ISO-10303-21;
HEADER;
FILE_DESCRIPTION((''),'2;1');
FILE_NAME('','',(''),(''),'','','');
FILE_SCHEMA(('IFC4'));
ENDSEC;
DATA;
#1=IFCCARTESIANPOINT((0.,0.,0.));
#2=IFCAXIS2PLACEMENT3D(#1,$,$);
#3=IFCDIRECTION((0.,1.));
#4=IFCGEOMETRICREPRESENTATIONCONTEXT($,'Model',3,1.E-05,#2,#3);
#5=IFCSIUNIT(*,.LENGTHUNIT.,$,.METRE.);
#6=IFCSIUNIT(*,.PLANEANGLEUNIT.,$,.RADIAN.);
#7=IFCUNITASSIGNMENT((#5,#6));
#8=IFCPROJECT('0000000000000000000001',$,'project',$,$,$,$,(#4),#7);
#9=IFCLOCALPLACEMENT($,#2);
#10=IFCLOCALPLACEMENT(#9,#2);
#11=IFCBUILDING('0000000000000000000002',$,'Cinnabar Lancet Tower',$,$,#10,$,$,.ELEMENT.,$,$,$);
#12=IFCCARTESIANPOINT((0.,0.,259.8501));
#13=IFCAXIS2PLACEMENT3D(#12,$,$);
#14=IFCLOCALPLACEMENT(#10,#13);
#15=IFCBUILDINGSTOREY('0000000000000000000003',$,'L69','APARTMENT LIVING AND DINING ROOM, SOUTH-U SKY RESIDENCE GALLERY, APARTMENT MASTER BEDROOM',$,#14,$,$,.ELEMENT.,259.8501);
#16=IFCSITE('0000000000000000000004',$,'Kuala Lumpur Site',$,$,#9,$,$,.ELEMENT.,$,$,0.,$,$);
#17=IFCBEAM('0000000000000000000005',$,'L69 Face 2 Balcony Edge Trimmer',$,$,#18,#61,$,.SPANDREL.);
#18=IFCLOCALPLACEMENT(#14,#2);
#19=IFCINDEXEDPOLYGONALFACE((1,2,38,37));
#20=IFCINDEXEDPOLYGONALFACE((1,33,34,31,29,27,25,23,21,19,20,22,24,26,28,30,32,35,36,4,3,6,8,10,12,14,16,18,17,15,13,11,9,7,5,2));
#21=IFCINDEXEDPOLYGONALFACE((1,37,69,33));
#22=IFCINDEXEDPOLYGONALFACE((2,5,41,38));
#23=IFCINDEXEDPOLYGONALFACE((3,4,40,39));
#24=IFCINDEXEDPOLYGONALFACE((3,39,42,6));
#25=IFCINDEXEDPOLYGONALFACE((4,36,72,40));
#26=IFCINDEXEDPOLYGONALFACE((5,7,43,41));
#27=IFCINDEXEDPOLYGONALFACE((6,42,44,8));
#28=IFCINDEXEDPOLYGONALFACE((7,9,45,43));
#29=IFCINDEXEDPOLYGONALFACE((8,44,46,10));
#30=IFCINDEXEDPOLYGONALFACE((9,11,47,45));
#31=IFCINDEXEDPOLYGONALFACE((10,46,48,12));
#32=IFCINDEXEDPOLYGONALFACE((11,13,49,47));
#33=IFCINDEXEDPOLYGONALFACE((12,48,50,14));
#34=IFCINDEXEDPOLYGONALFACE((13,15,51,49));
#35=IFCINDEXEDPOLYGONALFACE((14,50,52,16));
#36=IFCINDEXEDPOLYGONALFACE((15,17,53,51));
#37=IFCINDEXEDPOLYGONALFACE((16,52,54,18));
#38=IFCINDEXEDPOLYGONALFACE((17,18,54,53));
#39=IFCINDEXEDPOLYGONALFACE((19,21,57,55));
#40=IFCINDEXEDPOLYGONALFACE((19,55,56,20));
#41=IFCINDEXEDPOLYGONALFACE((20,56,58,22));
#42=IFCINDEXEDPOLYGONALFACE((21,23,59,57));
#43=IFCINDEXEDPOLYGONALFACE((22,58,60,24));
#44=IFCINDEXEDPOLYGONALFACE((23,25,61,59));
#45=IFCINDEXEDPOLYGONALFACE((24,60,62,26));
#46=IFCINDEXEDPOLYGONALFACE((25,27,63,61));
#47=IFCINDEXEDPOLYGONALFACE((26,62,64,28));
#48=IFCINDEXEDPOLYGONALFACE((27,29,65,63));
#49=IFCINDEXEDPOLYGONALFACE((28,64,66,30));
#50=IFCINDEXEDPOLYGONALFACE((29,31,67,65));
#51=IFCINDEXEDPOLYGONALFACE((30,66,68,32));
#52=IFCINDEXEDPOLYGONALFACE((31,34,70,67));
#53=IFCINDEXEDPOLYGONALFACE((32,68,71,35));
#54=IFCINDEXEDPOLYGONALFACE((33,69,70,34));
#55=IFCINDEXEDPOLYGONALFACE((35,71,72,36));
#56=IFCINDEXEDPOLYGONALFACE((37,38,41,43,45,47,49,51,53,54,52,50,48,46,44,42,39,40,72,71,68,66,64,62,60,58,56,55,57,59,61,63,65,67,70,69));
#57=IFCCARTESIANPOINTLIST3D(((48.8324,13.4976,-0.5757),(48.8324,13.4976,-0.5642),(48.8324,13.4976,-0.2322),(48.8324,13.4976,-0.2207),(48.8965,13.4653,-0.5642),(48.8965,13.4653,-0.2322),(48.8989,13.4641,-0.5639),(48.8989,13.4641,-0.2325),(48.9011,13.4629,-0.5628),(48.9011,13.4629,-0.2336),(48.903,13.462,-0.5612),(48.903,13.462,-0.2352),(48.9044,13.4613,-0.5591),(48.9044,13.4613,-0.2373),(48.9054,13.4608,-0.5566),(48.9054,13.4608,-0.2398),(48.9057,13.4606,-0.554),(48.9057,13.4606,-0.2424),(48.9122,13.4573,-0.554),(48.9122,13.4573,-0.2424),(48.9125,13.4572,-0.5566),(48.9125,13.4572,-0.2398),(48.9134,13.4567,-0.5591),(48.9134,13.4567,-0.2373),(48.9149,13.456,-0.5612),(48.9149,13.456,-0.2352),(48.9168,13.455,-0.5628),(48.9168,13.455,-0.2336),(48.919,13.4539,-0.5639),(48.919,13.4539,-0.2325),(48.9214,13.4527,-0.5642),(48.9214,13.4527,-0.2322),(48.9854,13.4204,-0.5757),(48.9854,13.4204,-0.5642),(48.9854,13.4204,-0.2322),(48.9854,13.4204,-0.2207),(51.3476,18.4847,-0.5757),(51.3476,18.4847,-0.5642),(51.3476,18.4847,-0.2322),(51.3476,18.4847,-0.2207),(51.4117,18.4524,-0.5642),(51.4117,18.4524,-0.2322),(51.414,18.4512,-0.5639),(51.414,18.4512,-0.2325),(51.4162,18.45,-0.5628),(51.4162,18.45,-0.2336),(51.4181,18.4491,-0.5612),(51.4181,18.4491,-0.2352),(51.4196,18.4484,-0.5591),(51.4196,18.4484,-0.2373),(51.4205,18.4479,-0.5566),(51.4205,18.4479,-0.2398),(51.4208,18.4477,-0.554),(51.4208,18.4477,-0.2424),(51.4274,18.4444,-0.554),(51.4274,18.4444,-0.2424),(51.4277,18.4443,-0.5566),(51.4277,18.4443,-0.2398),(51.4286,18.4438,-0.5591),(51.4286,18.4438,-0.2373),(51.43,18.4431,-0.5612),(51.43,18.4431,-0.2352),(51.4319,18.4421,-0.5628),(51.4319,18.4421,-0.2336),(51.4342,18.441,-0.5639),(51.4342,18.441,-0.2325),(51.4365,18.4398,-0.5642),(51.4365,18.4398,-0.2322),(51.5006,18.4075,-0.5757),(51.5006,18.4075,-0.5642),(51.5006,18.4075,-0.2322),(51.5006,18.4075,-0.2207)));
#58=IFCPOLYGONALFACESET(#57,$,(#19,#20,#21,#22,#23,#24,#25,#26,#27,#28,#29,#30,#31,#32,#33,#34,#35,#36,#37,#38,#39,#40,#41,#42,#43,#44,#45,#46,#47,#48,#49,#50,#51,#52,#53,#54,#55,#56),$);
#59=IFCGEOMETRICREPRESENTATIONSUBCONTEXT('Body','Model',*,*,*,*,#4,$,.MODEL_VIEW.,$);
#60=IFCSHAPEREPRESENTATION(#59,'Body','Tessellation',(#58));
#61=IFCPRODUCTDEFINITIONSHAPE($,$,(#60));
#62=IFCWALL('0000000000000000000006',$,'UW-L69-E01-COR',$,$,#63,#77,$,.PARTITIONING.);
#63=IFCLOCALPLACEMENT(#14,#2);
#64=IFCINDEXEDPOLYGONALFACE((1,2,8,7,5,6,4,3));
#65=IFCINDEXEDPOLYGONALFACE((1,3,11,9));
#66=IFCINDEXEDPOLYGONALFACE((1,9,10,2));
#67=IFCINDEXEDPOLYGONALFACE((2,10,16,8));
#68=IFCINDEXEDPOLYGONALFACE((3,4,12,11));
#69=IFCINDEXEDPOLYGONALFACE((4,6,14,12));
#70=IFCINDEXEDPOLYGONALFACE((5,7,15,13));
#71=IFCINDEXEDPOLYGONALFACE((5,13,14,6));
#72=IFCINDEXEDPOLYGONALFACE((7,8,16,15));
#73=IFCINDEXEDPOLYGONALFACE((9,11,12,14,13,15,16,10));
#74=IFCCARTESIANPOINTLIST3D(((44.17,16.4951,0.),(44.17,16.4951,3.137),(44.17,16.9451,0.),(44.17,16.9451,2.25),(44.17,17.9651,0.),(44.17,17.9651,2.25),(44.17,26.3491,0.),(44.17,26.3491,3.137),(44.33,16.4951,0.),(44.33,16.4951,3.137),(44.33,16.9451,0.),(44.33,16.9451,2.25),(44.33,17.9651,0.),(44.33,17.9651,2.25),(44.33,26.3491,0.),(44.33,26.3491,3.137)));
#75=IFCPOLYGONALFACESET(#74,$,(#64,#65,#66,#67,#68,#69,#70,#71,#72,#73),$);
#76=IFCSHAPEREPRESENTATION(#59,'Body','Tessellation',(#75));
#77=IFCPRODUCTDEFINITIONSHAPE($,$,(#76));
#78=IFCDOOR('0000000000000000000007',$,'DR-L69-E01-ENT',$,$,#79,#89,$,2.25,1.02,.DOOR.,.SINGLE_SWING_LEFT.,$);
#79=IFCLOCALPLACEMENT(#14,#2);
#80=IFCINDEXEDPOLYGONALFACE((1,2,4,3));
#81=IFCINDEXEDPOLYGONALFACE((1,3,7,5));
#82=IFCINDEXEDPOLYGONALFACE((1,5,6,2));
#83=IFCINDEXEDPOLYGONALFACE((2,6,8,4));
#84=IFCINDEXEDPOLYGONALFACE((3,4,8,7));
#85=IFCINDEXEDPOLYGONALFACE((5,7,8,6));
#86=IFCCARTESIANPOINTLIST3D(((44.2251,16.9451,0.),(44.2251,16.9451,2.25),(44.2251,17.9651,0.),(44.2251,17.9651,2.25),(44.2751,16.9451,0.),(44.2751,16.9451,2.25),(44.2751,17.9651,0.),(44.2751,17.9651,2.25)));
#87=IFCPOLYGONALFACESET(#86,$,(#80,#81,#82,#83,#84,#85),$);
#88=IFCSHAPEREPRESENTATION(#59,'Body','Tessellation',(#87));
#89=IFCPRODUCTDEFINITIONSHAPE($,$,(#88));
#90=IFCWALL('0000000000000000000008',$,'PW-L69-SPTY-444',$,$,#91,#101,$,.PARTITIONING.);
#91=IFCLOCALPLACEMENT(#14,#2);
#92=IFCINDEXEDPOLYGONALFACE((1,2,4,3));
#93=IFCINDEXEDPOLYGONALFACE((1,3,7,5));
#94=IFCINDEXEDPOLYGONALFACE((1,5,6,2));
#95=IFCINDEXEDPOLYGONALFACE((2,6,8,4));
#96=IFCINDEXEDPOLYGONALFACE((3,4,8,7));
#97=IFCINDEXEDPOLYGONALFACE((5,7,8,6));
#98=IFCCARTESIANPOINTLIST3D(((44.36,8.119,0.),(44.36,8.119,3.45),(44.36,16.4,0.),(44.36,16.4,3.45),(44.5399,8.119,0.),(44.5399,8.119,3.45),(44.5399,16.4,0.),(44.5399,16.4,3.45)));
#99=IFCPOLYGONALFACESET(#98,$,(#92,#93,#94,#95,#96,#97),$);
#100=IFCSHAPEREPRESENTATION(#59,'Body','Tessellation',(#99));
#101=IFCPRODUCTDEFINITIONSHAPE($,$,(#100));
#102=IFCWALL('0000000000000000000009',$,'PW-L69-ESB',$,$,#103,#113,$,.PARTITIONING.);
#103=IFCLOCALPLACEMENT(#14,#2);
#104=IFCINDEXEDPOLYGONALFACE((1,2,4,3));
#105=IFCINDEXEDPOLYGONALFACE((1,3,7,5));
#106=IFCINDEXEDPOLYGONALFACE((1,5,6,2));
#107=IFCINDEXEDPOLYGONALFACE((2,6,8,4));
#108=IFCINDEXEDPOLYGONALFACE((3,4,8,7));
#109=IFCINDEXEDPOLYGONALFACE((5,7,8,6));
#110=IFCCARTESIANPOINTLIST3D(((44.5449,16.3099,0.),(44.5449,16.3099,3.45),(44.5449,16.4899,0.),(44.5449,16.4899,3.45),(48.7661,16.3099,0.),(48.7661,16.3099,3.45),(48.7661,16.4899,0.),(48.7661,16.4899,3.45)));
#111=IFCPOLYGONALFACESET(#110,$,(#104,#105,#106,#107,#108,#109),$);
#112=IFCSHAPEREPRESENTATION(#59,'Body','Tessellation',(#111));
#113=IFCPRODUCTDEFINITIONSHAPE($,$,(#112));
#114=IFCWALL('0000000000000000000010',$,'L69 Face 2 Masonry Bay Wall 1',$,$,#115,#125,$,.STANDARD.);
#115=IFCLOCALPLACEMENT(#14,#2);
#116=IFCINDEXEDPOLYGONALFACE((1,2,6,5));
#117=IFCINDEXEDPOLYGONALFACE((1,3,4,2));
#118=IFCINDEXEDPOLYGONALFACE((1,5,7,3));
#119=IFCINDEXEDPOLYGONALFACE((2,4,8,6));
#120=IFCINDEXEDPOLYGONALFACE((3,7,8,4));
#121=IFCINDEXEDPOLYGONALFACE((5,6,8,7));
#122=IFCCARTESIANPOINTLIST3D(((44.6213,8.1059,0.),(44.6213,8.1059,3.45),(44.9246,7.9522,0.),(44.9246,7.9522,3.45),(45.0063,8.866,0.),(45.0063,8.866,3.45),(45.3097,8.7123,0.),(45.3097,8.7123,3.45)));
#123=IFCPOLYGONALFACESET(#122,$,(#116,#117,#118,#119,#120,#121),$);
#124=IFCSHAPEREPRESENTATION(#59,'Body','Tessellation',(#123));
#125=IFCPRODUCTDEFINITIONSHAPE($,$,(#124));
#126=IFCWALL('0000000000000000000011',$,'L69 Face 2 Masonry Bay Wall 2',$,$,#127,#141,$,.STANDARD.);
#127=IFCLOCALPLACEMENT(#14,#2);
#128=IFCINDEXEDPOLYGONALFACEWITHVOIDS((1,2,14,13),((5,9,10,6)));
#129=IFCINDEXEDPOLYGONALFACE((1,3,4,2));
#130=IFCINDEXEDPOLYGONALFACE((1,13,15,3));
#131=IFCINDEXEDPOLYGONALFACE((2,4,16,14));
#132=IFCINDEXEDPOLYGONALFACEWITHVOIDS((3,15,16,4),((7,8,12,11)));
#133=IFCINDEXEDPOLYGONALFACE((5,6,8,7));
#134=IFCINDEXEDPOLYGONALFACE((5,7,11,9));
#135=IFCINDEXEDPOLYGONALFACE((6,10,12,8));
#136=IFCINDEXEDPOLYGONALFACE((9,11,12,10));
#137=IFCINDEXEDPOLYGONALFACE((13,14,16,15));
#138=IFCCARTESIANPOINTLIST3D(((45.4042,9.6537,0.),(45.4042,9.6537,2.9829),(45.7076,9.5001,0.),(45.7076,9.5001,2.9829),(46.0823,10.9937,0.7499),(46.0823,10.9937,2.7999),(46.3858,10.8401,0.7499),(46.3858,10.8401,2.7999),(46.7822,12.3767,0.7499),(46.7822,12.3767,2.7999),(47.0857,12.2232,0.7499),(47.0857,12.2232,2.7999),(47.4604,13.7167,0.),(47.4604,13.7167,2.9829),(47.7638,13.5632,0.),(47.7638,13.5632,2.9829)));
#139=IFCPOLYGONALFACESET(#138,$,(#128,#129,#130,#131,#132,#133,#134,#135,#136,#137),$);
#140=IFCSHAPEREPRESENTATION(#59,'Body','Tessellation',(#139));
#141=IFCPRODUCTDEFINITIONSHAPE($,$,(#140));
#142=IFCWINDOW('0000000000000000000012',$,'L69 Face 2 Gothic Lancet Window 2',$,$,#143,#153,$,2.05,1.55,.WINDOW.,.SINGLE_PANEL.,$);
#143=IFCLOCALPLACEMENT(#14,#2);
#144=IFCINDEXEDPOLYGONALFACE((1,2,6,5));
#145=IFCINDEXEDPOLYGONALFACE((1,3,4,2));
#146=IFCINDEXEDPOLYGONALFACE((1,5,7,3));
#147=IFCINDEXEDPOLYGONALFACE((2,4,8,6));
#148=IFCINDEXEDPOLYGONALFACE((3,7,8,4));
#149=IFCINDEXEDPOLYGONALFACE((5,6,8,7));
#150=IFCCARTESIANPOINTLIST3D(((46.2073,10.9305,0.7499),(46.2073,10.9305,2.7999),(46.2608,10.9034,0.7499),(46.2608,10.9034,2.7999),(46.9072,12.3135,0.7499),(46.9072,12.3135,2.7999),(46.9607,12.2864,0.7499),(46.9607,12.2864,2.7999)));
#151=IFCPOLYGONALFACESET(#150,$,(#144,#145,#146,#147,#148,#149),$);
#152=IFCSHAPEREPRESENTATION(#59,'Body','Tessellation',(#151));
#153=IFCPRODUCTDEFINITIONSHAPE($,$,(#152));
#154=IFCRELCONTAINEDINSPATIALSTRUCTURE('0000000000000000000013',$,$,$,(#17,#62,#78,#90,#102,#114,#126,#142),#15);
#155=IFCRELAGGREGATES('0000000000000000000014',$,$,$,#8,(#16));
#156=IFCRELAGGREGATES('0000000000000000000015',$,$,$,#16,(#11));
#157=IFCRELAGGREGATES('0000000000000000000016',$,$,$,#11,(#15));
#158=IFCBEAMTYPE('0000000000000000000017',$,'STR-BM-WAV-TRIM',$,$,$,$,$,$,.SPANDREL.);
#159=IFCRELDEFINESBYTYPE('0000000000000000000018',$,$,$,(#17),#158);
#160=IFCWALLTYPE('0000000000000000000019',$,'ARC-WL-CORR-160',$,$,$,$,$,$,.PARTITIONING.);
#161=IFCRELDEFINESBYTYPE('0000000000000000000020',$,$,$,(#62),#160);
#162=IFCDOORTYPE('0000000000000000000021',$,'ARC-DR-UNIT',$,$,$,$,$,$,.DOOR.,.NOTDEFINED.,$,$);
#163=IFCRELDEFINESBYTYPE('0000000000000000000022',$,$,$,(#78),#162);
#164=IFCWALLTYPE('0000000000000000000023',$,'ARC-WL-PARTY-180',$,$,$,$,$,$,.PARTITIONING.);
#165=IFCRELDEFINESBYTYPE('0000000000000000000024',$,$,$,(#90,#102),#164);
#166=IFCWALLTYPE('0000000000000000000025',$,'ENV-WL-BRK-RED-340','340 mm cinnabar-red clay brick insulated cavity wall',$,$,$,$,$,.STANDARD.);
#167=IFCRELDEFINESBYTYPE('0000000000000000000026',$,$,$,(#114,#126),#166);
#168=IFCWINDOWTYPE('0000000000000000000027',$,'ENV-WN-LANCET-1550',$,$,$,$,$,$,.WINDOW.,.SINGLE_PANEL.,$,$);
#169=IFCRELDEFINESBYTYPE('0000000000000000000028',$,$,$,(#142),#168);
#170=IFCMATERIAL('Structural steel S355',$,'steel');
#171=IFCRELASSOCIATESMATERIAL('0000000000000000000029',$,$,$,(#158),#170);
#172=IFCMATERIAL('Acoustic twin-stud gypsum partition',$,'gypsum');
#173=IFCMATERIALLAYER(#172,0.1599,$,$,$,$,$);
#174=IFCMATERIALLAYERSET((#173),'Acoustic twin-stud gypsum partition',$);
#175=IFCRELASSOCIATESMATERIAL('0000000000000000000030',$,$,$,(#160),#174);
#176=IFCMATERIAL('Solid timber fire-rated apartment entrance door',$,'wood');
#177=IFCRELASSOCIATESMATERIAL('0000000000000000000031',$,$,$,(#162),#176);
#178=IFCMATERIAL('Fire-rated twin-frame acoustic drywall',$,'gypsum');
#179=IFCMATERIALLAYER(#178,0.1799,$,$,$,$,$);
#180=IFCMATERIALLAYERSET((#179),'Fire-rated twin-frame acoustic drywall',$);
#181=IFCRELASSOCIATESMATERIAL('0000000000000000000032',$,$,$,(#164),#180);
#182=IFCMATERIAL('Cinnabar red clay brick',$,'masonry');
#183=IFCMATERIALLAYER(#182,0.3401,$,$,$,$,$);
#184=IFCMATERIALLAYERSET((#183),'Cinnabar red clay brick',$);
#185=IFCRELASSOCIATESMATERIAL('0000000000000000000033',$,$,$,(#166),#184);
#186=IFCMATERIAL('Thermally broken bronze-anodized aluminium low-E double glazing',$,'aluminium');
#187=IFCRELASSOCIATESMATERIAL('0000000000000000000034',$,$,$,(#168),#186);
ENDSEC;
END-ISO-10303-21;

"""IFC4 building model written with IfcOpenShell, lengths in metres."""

from ifc_helpers import new_model, si_unit, direction, frame, frame_2d, origin, origin_2d, place, context, subcontext, project, spatial, rectangle, i_section, extrude, material, layer, layer_set, material_profile, profile_set, type_object, element, fill, save


model = new_model("IFC4")

# Units and contexts
model_context = context("Model", 3, precision=1e-05, world=origin(), true_north=direction((0.0, 1.0)))
body_context = subcontext(model_context, "Body", "Model", "MODEL_VIEW")
ifc_project = project(units=[si_unit("LENGTHUNIT", "METRE"), si_unit("PLANEANGLEUNIT", "RADIAN")], contexts=[model_context])

# Site, building, storey
site_placement = place(None, origin())
site = spatial("IfcSite", under=ifc_project, at=site_placement, Name="Kuala Lumpur Site", CompositionType="ELEMENT", RefElevation=0.0)
building_placement = place(site_placement, origin())
building = spatial("IfcBuilding", under=site, at=building_placement, Name="Cinnabar Lancet Tower", CompositionType="ELEMENT")
storey_placement = place(building_placement, frame((0.0, 0.0, 259.8501)))
storey = spatial("IfcBuildingStorey", under=building, at=storey_placement, Name="L69", Description="APARTMENT LIVING AND DINING ROOM, SOUTH-U SKY RESIDENCE GALLERY, APARTMENT MASTER BEDROOM", CompositionType="ELEMENT", Elevation=259.8501)

# Beam
ifc_material_1 = material(Name="Structural steel S355", Category="steel")
ifc_material_profile_1 = material_profile(ifc_material_1, i_section(OverallWidth=0.1714, OverallDepth=0.355, WebThickness=0.0073, FlangeThickness=0.0115, FilletRadius=0.0103, at=origin_2d()), Name="UKB 356x171x51")
ifc_profile_set_1 = profile_set([ifc_material_profile_1], Name="Structural steel S355")
beam_type_1 = type_object("IfcBeamType", Name="STR-BM-WAV-TRIM", PredefinedType="SPANDREL", material=ifc_profile_set_1)
beam_1_placement = place(storey_placement, frame((48.9089, 13.459, -0.3982), z_axis=(0.450306, 0.892874, 0.0), x_axis=(-0.892874, 0.450306, 0.0)))
element("IfcBeam", 1, at=beam_1_placement, inside=storey, type_object=beam_type_1, Name="L69 Face 2 Balcony Edge Trimmer", PredefinedType="SPANDREL", context=body_context, shape_type="SweptSolid", body=[
    extrude(i_section(OverallWidth=0.1714, OverallDepth=0.355, WebThickness=0.0073, FlangeThickness=0.0115, FilletRadius=0.0103, at=origin_2d()), origin(), (0.0, 0.0, 1.0), 5.5854),
])

# Wall, opening, door
ifc_material_2 = material(Name="Acoustic twin-stud gypsum partition", Category="gypsum")
ifc_layer_1 = layer(ifc_material_2, 0.1599)
ifc_layer_set_1 = layer_set([ifc_layer_1], Name="Acoustic twin-stud gypsum partition")
wall_type_1 = type_object("IfcWallType", Name="ARC-WL-CORR-160", PredefinedType="PARTITIONING", material=ifc_layer_set_1)
wall_1_placement = place(storey_placement, frame((44.25, 16.4951, 0.0), z_axis=(0.0, 0.0, 1.0), x_axis=(0.0, 1.0, 0.0)))
wall_1 = element("IfcWall", 2, at=wall_1_placement, inside=storey, type_object=wall_type_1, Name="UW-L69-E01-COR", PredefinedType="PARTITIONING", context=body_context, shape_type="SweptSolid", body=[
    extrude(rectangle(XDim=9.854, YDim=0.1599, at=frame_2d((4.927, 0.0))), origin(), (0.0, 0.0, 1.0), 3.137),
])
opening_1_placement = place(wall_1_placement, frame((0.45, 0.0, 0.0)))
opening_1 = element("IfcOpeningElement", 3, at=opening_1_placement, cuts=wall_1, PredefinedType="OPENING", context=body_context, shape_type="SweptSolid", body=[
    extrude(rectangle(XDim=1.02, YDim=2.25, at=frame_2d((0.51, 1.125))), frame((0.0, 0.0898, 0.0), z_axis=(0.0, -1.0, 0.0), x_axis=(1.0, 0.0, 0.0)), (0.0, 0.0, 1.0), 0.1799),
])
ifc_material_3 = material(Name="Solid timber fire-rated apartment entrance door", Category="wood")
door_type_1 = type_object("IfcDoorType", Name="ARC-DR-UNIT", OperationType="NOTDEFINED", PredefinedType="DOOR", material=ifc_material_3)
door_1_placement = place(opening_1_placement, origin())
door_1 = element("IfcDoor", 4, at=door_1_placement, inside=storey, type_object=door_type_1, Name="DR-L69-E01-ENT", OperationType="SINGLE_SWING_LEFT", OverallHeight=2.25, OverallWidth=1.02, PredefinedType="DOOR", context=body_context, shape_type="SweptSolid", body=[
    extrude(rectangle(XDim=1.02, YDim=2.25, at=frame_2d((0.51, 1.125))), frame((0.0, 0.0249, 0.0), z_axis=(0.0, -1.0, 0.0), x_axis=(1.0, 0.0, 0.0)), (0.0, 0.0, 1.0), 0.05),
])
fill(opening_1, door_1)

# Walls
ifc_material_4 = material(Name="Fire-rated twin-frame acoustic drywall", Category="gypsum")
ifc_layer_2 = layer(ifc_material_4, 0.1799)
ifc_layer_set_2 = layer_set([ifc_layer_2], Name="Fire-rated twin-frame acoustic drywall")
wall_type_2 = type_object("IfcWallType", Name="ARC-WL-PARTY-180", PredefinedType="PARTITIONING", material=ifc_layer_set_2)
wall_2_placement = place(storey_placement, frame((44.45, 8.1189, 0.0), z_axis=(0.0, 0.0, 1.0), x_axis=(0.0, 1.0, 0.0)))
element("IfcWall", 5, at=wall_2_placement, inside=storey, type_object=wall_type_2, Name="PW-L69-SPTY-444", PredefinedType="PARTITIONING", context=body_context, shape_type="SweptSolid", body=[
    extrude(rectangle(XDim=8.281, YDim=0.1799, at=frame_2d((4.1406, 0.0))), origin(), (0.0, 0.0, 1.0), 3.45),
])
wall_3_placement = place(storey_placement, frame((44.5449, 16.3999, 0.0), z_axis=(0.0, 0.0, 1.0), x_axis=(1.0, 0.0, 0.0)))
element("IfcWall", 6, at=wall_3_placement, inside=storey, type_object=wall_type_2, Name="PW-L69-ESB", PredefinedType="PARTITIONING", context=body_context, shape_type="SweptSolid", body=[
    extrude(rectangle(XDim=4.2212, YDim=0.1799, at=frame_2d((2.1106, 0.0))), origin(), (0.0, 0.0, 1.0), 3.45),
])
ifc_material_5 = material(Name="Cinnabar red clay brick", Category="masonry")
ifc_layer_3 = layer(ifc_material_5, 0.3401)
ifc_layer_set_3 = layer_set([ifc_layer_3], Name="Cinnabar red clay brick")
wall_type_3 = type_object("IfcWallType", Name="ENV-WL-BRK-RED-340", Description="340 mm cinnabar-red clay brick insulated cavity wall", PredefinedType="STANDARD", material=ifc_layer_set_3)
wall_4_placement = place(storey_placement, frame((44.7729, 8.0291, 0.0), z_axis=(0.0, 0.0, 1.0), x_axis=(0.451907, 0.892065, 0.0)))
element("IfcWall", 7, at=wall_4_placement, inside=storey, type_object=wall_type_3, Name="L69 Face 2 Masonry Bay Wall 1", PredefinedType="STANDARD", context=body_context, shape_type="SweptSolid", body=[
    extrude(rectangle(XDim=0.8521, YDim=0.3401, at=frame_2d((0.426, 0.0))), origin(), (0.0, 0.0, 1.0), 3.45),
])

# Wall, opening, window
wall_5_placement = place(storey_placement, frame((45.5559, 9.5769, 0.0), z_axis=(0.0, 0.0, 1.0), x_axis=(0.45154, 0.892251, 0.0)))
wall_5 = element("IfcWall", 8, at=wall_5_placement, inside=storey, type_object=wall_type_3, Name="L69 Face 2 Masonry Bay Wall 2", PredefinedType="STANDARD", context=body_context, shape_type="SweptSolid", body=[
    extrude(rectangle(XDim=4.5537, YDim=0.3401, at=frame_2d((2.2769, 0.0))), origin(), (0.0, 0.0, 1.0), 2.9829),
])
opening_2_placement = place(wall_5_placement, frame((1.502, 0.0, 0.75)))
opening_2 = element("IfcOpeningElement", 9, at=opening_2_placement, cuts=wall_5, PredefinedType="OPENING", context=body_context, shape_type="SweptSolid", body=[
    extrude(rectangle(XDim=1.55, YDim=2.05, at=frame_2d((0.7749, 1.0249))), frame((0.0, 0.1799, 0.0), z_axis=(0.0, -1.0, 0.0), x_axis=(1.0, 0.0, 0.0)), (0.0, 0.0, 1.0), 0.3601),
])
ifc_material_6 = material(Name="Thermally broken bronze-anodized aluminium low-E double glazing", Category="aluminium")
window_type_1 = type_object("IfcWindowType", Name="ENV-WN-LANCET-1550", PartitioningType="SINGLE_PANEL", PredefinedType="WINDOW", material=ifc_material_6)
window_1_placement = place(opening_2_placement, origin())
window_1 = element("IfcWindow", 10, at=window_1_placement, inside=storey, type_object=window_type_1, Name="L69 Face 2 Gothic Lancet Window 2", OverallHeight=2.05, OverallWidth=1.55, PartitioningType="SINGLE_PANEL", PredefinedType="WINDOW", context=body_context, shape_type="SweptSolid", body=[
    extrude(rectangle(XDim=1.55, YDim=2.05, at=frame_2d((0.7749, 1.0249))), frame((0.0, 0.03, 0.0), z_axis=(0.0, -1.0, 0.0), x_axis=(1.0, 0.0, 0.0)), (0.0, 0.0, 1.0), 0.0601),
])
fill(opening_2, window_1)

save(model, "model.ifc")
